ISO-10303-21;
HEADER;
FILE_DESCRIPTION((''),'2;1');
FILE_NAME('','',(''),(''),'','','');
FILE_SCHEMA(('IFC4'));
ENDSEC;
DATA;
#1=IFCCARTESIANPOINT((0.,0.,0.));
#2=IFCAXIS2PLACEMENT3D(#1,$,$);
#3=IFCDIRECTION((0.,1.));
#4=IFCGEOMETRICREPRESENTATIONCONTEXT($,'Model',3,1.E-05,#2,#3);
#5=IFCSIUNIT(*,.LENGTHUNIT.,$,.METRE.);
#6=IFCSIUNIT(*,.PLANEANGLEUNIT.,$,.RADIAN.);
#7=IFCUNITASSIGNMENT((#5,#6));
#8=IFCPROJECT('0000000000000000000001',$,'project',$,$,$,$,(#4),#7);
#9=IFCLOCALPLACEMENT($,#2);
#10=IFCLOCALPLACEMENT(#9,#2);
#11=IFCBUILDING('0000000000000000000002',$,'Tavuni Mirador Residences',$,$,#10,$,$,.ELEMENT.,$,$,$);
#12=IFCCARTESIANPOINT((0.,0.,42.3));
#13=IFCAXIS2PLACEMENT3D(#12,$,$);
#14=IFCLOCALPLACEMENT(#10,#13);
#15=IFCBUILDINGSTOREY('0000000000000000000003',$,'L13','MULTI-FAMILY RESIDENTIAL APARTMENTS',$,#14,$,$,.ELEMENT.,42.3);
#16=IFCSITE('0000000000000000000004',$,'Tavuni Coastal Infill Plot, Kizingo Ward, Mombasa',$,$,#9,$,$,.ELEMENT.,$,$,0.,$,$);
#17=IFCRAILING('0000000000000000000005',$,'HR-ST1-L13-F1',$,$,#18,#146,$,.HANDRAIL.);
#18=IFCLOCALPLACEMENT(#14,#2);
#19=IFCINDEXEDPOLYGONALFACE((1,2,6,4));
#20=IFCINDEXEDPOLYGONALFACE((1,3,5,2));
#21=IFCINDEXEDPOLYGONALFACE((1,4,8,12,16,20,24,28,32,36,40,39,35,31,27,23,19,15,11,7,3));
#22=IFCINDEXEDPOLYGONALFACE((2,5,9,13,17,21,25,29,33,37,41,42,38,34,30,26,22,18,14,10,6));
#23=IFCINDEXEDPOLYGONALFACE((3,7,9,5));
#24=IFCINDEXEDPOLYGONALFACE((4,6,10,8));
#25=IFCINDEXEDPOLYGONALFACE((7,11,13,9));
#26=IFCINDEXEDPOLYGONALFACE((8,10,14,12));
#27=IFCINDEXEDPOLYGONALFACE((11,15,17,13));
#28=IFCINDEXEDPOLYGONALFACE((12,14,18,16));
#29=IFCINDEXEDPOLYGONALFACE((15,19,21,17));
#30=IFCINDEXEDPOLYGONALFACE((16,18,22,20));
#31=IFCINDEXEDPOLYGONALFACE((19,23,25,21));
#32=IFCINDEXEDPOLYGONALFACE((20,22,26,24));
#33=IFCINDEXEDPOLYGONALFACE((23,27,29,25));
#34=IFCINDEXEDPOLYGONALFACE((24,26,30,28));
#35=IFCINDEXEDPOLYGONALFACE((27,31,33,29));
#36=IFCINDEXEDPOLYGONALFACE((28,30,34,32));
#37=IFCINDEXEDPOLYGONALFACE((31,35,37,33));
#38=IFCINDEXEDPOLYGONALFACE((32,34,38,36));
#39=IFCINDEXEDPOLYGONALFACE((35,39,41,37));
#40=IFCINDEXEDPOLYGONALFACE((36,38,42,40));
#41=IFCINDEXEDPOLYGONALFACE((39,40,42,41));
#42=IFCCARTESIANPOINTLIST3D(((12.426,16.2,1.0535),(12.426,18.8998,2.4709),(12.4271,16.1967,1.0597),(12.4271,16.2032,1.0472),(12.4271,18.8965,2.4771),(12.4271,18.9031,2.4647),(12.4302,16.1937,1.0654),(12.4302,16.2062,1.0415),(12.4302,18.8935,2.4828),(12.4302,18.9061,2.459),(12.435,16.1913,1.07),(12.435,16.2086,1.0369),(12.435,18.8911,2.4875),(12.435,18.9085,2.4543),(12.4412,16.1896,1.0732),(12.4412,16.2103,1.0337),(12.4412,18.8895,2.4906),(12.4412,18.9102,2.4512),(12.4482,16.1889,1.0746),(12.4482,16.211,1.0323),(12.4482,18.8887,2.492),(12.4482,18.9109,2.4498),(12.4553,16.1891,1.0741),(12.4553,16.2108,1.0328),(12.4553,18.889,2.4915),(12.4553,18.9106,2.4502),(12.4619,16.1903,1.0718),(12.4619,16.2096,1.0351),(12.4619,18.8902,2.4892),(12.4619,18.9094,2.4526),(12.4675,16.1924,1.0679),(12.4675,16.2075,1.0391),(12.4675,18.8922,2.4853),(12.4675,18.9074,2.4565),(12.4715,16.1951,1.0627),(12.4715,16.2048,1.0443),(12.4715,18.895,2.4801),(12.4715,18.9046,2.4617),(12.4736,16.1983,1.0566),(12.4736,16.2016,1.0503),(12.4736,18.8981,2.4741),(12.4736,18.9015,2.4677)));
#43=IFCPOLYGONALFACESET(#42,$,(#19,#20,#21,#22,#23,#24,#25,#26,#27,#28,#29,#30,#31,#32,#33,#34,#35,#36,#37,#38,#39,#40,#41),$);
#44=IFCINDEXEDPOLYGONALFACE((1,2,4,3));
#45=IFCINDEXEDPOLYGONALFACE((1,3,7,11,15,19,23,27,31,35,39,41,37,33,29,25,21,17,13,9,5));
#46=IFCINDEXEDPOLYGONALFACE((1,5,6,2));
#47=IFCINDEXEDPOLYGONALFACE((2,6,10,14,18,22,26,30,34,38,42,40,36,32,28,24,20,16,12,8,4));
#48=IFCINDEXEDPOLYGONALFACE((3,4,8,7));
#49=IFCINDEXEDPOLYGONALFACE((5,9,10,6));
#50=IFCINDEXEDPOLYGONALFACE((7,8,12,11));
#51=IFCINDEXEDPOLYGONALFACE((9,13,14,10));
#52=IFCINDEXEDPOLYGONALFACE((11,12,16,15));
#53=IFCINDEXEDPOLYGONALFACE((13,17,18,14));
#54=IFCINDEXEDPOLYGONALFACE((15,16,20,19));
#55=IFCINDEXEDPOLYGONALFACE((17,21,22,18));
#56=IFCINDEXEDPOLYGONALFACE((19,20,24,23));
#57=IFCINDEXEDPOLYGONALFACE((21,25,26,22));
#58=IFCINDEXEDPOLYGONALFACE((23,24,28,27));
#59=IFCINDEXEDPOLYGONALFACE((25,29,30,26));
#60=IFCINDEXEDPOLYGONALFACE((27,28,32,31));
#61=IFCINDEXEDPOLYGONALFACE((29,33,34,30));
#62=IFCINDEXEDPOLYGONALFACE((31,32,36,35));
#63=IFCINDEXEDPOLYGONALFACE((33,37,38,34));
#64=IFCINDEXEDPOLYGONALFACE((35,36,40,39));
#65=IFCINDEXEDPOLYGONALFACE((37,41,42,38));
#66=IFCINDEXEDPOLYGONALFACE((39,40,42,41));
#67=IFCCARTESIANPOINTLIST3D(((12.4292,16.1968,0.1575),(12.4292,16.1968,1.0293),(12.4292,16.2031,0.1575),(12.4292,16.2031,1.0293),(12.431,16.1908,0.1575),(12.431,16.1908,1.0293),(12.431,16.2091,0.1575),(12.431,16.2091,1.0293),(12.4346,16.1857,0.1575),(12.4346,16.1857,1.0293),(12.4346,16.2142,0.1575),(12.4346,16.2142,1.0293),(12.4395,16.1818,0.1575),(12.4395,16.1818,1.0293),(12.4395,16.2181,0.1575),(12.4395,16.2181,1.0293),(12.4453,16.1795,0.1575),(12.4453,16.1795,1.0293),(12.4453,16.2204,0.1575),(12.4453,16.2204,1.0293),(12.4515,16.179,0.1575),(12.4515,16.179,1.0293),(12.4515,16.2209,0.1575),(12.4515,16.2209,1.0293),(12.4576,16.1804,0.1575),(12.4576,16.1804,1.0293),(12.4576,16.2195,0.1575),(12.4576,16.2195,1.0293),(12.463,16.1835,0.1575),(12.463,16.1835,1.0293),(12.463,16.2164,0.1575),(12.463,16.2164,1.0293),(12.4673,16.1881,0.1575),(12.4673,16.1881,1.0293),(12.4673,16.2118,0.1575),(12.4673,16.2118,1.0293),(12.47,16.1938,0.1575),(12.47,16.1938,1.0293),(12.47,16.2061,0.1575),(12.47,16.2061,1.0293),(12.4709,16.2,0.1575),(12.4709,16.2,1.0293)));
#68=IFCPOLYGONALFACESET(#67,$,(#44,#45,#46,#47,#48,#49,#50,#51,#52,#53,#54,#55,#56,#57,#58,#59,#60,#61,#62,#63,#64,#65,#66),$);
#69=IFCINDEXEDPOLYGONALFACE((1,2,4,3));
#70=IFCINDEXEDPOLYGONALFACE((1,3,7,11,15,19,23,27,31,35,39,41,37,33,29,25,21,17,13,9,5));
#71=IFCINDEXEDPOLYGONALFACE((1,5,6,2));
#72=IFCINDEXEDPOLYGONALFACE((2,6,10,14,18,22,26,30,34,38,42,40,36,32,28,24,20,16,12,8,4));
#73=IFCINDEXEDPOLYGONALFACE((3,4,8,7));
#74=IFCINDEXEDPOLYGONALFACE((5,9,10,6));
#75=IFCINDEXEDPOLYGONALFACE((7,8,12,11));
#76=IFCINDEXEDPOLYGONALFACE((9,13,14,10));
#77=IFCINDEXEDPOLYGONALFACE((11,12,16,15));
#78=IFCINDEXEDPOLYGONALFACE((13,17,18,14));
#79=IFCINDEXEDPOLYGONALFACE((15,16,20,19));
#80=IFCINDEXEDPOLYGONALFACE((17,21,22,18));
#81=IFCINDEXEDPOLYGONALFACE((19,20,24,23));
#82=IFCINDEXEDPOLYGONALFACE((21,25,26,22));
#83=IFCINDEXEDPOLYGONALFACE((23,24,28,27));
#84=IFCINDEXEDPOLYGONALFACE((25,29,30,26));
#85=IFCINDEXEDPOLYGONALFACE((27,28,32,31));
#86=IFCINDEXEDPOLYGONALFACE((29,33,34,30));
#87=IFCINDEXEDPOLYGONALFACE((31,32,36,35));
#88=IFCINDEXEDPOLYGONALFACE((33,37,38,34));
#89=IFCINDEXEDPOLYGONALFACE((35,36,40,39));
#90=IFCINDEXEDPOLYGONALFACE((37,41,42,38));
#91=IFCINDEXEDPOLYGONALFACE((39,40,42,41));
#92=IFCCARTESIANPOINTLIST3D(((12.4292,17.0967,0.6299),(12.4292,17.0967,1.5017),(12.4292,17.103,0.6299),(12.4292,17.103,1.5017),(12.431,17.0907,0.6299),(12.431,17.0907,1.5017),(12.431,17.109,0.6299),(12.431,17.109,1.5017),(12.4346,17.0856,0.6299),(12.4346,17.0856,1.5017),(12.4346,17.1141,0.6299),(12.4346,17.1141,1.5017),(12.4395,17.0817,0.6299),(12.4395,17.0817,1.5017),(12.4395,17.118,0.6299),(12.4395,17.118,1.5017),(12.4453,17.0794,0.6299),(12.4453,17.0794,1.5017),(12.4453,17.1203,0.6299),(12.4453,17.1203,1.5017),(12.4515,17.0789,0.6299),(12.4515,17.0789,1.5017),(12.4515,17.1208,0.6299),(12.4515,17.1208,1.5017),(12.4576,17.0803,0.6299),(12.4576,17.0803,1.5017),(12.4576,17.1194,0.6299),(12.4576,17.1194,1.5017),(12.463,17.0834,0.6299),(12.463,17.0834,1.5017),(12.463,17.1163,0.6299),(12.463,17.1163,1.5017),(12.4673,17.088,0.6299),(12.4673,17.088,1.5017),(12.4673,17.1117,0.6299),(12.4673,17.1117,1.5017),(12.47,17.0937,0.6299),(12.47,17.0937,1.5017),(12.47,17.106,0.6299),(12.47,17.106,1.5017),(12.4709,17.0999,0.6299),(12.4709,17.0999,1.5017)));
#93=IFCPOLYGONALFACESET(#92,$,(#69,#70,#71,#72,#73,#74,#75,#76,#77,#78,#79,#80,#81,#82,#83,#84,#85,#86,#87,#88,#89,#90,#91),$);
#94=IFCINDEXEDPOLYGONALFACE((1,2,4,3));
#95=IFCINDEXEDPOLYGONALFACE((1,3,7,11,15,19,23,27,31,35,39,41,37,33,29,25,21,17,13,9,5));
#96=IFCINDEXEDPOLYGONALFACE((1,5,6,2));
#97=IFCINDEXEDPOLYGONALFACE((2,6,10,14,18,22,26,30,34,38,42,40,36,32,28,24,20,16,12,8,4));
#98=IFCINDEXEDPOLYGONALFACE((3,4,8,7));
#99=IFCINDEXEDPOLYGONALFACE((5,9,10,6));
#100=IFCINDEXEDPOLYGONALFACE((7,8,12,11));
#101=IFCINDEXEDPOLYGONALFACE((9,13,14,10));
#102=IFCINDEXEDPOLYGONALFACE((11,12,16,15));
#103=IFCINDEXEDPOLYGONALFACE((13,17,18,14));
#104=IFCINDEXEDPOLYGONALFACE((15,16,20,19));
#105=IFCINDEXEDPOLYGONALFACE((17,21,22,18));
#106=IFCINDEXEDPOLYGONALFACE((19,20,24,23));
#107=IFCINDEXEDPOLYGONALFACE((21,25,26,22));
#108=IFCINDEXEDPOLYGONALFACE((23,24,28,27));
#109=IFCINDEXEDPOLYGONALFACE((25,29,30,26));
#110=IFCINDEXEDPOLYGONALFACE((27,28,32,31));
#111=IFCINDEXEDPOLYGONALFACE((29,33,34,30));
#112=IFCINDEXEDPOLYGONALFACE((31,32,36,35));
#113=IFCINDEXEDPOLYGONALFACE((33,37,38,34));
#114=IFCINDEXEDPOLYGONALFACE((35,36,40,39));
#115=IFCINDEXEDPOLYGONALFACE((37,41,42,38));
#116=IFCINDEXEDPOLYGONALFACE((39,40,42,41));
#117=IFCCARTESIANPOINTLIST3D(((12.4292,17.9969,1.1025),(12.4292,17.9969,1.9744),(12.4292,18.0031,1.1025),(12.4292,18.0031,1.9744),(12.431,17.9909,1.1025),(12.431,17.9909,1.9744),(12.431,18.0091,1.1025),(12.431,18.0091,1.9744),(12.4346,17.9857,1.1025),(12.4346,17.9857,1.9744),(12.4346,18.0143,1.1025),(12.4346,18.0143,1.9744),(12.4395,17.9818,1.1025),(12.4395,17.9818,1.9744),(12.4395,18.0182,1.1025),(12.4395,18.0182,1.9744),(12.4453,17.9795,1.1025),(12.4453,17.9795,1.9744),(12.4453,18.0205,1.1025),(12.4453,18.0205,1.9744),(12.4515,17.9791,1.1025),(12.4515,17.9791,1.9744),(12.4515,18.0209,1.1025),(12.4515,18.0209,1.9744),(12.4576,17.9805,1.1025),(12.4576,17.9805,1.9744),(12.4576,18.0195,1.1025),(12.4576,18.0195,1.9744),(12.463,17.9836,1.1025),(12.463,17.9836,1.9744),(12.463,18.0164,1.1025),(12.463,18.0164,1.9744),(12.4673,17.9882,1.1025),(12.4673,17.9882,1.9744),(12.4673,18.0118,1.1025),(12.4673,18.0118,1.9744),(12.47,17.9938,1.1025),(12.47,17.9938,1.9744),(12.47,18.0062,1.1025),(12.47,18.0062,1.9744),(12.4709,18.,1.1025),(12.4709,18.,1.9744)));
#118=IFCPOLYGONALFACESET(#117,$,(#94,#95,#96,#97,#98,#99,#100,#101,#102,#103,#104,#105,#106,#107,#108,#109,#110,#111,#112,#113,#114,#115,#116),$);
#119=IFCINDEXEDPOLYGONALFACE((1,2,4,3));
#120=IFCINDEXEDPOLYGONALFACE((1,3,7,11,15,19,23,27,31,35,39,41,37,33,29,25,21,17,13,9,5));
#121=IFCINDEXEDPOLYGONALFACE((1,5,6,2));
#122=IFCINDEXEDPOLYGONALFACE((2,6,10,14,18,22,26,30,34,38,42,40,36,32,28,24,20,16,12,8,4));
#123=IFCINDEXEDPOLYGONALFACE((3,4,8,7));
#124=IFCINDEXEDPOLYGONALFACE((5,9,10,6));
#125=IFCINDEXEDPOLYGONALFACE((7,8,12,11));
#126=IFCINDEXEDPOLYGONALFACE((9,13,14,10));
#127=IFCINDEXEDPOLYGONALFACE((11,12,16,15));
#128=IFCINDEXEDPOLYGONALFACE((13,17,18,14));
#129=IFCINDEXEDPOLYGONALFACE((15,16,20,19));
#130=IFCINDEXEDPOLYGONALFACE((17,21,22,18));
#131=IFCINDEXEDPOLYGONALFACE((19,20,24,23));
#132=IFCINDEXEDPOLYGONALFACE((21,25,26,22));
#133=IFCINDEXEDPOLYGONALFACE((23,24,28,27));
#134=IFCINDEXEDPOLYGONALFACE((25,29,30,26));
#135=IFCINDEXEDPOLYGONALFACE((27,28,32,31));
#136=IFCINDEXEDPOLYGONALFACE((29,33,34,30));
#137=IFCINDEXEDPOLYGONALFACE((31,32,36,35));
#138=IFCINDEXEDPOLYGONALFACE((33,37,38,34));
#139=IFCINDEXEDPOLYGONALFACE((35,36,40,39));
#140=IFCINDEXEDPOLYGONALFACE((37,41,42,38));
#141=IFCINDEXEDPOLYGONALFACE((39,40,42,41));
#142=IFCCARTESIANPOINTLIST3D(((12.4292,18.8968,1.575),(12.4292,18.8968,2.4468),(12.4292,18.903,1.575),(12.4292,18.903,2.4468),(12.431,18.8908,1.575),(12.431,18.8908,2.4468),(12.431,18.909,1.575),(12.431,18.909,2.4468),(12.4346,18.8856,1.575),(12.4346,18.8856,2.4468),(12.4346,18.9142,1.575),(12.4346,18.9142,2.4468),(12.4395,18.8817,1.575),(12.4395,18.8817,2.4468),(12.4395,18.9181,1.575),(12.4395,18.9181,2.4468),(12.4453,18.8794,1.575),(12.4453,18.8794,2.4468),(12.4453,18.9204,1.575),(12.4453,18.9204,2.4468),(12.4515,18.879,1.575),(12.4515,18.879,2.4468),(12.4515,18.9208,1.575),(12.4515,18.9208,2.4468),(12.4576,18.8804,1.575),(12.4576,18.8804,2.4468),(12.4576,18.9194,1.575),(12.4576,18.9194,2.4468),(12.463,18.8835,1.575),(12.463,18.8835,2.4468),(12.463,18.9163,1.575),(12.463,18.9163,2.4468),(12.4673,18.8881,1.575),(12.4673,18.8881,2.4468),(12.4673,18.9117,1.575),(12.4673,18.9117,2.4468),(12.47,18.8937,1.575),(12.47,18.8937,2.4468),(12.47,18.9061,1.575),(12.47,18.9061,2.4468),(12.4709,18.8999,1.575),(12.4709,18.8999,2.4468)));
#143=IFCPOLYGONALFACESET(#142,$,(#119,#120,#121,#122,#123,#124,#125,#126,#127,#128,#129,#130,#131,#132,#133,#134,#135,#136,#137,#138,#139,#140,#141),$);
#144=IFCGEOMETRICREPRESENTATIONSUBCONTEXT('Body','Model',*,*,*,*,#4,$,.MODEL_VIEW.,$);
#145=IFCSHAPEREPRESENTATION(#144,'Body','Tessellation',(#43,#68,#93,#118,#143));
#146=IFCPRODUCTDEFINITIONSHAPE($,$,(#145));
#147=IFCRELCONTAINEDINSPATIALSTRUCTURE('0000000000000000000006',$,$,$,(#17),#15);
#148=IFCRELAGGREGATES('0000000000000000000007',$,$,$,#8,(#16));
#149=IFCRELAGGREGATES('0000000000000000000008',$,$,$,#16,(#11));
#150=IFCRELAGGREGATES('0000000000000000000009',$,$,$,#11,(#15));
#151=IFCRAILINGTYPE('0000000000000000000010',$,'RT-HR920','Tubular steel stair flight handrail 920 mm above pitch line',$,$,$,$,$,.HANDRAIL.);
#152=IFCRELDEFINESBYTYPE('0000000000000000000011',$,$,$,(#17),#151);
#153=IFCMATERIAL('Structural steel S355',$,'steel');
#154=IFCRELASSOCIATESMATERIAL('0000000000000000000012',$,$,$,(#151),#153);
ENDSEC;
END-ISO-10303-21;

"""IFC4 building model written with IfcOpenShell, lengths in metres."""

from ifc_helpers import new_model, si_unit, direction, frame, origin, origin_2d, place, context, subcontext, project, spatial, circle, extrude, material, type_object, element, save


model = new_model("IFC4")

# Units and contexts
model_context = context("Model", 3, precision=1e-05, world=origin(), true_north=direction((0.0, 1.0)))
body_context = subcontext(model_context, "Body", "Model", "MODEL_VIEW")
ifc_project = project(units=[si_unit("LENGTHUNIT", "METRE"), si_unit("PLANEANGLEUNIT", "RADIAN")], contexts=[model_context])

# Site, building, storey
site_placement = place(None, origin())
site = spatial("IfcSite", under=ifc_project, at=site_placement, Name="Tavuni Coastal Infill Plot, Kizingo Ward, Mombasa", CompositionType="ELEMENT", RefElevation=0.0)
building_placement = place(site_placement, origin())
building = spatial("IfcBuilding", under=site, at=building_placement, Name="Tavuni Mirador Residences", CompositionType="ELEMENT")
storey_placement = place(building_placement, frame((0.0, 0.0, 42.3)))
storey = spatial("IfcBuildingStorey", under=building, at=storey_placement, Name="L13", Description="MULTI-FAMILY RESIDENTIAL APARTMENTS", CompositionType="ELEMENT", Elevation=42.3)

# Shared definitions
ifc_material_1 = material(Name="Structural steel S355", Category="steel")

# Railing
railing_type_1 = type_object("IfcRailingType", Name="RT-HR920", Description="Tubular steel stair flight handrail 920 mm above pitch line", PredefinedType="HANDRAIL", material=ifc_material_1)
railing_1_placement = place(storey_placement, frame((12.45, 16.2, 0.1575)))
element("IfcRailing", 1, at=railing_1_placement, inside=storey, type_object=railing_type_1, Name="HR-ST1-L13-F1", PredefinedType="HANDRAIL", context=body_context, shape_type="SweptSolid", body=[
    extrude(circle(Radius=0.0239, at=origin_2d()), frame((0.0, 0.0, 0.896), z_axis=(0.0, 0.885397, 0.464835), x_axis=(-1.0, 0.0, 0.0)), (0.0, 0.0, 1.0), 3.0493),
    extrude(circle(Radius=0.021, at=origin_2d()), origin(), (0.0, 0.0, 1.0), 0.8718),
    extrude(circle(Radius=0.021, at=origin_2d()), frame((0.0, 0.8999, 0.4724)), (0.0, 0.0, 1.0), 0.8718),
    extrude(circle(Radius=0.021, at=origin_2d()), frame((0.0, 1.8, 0.9451)), (0.0, 0.0, 1.0), 0.8718),
    extrude(circle(Radius=0.021, at=origin_2d()), frame((0.0, 2.7, 1.4175)), (0.0, 0.0, 1.0), 0.8718),
])

save(model, "model.ifc")
